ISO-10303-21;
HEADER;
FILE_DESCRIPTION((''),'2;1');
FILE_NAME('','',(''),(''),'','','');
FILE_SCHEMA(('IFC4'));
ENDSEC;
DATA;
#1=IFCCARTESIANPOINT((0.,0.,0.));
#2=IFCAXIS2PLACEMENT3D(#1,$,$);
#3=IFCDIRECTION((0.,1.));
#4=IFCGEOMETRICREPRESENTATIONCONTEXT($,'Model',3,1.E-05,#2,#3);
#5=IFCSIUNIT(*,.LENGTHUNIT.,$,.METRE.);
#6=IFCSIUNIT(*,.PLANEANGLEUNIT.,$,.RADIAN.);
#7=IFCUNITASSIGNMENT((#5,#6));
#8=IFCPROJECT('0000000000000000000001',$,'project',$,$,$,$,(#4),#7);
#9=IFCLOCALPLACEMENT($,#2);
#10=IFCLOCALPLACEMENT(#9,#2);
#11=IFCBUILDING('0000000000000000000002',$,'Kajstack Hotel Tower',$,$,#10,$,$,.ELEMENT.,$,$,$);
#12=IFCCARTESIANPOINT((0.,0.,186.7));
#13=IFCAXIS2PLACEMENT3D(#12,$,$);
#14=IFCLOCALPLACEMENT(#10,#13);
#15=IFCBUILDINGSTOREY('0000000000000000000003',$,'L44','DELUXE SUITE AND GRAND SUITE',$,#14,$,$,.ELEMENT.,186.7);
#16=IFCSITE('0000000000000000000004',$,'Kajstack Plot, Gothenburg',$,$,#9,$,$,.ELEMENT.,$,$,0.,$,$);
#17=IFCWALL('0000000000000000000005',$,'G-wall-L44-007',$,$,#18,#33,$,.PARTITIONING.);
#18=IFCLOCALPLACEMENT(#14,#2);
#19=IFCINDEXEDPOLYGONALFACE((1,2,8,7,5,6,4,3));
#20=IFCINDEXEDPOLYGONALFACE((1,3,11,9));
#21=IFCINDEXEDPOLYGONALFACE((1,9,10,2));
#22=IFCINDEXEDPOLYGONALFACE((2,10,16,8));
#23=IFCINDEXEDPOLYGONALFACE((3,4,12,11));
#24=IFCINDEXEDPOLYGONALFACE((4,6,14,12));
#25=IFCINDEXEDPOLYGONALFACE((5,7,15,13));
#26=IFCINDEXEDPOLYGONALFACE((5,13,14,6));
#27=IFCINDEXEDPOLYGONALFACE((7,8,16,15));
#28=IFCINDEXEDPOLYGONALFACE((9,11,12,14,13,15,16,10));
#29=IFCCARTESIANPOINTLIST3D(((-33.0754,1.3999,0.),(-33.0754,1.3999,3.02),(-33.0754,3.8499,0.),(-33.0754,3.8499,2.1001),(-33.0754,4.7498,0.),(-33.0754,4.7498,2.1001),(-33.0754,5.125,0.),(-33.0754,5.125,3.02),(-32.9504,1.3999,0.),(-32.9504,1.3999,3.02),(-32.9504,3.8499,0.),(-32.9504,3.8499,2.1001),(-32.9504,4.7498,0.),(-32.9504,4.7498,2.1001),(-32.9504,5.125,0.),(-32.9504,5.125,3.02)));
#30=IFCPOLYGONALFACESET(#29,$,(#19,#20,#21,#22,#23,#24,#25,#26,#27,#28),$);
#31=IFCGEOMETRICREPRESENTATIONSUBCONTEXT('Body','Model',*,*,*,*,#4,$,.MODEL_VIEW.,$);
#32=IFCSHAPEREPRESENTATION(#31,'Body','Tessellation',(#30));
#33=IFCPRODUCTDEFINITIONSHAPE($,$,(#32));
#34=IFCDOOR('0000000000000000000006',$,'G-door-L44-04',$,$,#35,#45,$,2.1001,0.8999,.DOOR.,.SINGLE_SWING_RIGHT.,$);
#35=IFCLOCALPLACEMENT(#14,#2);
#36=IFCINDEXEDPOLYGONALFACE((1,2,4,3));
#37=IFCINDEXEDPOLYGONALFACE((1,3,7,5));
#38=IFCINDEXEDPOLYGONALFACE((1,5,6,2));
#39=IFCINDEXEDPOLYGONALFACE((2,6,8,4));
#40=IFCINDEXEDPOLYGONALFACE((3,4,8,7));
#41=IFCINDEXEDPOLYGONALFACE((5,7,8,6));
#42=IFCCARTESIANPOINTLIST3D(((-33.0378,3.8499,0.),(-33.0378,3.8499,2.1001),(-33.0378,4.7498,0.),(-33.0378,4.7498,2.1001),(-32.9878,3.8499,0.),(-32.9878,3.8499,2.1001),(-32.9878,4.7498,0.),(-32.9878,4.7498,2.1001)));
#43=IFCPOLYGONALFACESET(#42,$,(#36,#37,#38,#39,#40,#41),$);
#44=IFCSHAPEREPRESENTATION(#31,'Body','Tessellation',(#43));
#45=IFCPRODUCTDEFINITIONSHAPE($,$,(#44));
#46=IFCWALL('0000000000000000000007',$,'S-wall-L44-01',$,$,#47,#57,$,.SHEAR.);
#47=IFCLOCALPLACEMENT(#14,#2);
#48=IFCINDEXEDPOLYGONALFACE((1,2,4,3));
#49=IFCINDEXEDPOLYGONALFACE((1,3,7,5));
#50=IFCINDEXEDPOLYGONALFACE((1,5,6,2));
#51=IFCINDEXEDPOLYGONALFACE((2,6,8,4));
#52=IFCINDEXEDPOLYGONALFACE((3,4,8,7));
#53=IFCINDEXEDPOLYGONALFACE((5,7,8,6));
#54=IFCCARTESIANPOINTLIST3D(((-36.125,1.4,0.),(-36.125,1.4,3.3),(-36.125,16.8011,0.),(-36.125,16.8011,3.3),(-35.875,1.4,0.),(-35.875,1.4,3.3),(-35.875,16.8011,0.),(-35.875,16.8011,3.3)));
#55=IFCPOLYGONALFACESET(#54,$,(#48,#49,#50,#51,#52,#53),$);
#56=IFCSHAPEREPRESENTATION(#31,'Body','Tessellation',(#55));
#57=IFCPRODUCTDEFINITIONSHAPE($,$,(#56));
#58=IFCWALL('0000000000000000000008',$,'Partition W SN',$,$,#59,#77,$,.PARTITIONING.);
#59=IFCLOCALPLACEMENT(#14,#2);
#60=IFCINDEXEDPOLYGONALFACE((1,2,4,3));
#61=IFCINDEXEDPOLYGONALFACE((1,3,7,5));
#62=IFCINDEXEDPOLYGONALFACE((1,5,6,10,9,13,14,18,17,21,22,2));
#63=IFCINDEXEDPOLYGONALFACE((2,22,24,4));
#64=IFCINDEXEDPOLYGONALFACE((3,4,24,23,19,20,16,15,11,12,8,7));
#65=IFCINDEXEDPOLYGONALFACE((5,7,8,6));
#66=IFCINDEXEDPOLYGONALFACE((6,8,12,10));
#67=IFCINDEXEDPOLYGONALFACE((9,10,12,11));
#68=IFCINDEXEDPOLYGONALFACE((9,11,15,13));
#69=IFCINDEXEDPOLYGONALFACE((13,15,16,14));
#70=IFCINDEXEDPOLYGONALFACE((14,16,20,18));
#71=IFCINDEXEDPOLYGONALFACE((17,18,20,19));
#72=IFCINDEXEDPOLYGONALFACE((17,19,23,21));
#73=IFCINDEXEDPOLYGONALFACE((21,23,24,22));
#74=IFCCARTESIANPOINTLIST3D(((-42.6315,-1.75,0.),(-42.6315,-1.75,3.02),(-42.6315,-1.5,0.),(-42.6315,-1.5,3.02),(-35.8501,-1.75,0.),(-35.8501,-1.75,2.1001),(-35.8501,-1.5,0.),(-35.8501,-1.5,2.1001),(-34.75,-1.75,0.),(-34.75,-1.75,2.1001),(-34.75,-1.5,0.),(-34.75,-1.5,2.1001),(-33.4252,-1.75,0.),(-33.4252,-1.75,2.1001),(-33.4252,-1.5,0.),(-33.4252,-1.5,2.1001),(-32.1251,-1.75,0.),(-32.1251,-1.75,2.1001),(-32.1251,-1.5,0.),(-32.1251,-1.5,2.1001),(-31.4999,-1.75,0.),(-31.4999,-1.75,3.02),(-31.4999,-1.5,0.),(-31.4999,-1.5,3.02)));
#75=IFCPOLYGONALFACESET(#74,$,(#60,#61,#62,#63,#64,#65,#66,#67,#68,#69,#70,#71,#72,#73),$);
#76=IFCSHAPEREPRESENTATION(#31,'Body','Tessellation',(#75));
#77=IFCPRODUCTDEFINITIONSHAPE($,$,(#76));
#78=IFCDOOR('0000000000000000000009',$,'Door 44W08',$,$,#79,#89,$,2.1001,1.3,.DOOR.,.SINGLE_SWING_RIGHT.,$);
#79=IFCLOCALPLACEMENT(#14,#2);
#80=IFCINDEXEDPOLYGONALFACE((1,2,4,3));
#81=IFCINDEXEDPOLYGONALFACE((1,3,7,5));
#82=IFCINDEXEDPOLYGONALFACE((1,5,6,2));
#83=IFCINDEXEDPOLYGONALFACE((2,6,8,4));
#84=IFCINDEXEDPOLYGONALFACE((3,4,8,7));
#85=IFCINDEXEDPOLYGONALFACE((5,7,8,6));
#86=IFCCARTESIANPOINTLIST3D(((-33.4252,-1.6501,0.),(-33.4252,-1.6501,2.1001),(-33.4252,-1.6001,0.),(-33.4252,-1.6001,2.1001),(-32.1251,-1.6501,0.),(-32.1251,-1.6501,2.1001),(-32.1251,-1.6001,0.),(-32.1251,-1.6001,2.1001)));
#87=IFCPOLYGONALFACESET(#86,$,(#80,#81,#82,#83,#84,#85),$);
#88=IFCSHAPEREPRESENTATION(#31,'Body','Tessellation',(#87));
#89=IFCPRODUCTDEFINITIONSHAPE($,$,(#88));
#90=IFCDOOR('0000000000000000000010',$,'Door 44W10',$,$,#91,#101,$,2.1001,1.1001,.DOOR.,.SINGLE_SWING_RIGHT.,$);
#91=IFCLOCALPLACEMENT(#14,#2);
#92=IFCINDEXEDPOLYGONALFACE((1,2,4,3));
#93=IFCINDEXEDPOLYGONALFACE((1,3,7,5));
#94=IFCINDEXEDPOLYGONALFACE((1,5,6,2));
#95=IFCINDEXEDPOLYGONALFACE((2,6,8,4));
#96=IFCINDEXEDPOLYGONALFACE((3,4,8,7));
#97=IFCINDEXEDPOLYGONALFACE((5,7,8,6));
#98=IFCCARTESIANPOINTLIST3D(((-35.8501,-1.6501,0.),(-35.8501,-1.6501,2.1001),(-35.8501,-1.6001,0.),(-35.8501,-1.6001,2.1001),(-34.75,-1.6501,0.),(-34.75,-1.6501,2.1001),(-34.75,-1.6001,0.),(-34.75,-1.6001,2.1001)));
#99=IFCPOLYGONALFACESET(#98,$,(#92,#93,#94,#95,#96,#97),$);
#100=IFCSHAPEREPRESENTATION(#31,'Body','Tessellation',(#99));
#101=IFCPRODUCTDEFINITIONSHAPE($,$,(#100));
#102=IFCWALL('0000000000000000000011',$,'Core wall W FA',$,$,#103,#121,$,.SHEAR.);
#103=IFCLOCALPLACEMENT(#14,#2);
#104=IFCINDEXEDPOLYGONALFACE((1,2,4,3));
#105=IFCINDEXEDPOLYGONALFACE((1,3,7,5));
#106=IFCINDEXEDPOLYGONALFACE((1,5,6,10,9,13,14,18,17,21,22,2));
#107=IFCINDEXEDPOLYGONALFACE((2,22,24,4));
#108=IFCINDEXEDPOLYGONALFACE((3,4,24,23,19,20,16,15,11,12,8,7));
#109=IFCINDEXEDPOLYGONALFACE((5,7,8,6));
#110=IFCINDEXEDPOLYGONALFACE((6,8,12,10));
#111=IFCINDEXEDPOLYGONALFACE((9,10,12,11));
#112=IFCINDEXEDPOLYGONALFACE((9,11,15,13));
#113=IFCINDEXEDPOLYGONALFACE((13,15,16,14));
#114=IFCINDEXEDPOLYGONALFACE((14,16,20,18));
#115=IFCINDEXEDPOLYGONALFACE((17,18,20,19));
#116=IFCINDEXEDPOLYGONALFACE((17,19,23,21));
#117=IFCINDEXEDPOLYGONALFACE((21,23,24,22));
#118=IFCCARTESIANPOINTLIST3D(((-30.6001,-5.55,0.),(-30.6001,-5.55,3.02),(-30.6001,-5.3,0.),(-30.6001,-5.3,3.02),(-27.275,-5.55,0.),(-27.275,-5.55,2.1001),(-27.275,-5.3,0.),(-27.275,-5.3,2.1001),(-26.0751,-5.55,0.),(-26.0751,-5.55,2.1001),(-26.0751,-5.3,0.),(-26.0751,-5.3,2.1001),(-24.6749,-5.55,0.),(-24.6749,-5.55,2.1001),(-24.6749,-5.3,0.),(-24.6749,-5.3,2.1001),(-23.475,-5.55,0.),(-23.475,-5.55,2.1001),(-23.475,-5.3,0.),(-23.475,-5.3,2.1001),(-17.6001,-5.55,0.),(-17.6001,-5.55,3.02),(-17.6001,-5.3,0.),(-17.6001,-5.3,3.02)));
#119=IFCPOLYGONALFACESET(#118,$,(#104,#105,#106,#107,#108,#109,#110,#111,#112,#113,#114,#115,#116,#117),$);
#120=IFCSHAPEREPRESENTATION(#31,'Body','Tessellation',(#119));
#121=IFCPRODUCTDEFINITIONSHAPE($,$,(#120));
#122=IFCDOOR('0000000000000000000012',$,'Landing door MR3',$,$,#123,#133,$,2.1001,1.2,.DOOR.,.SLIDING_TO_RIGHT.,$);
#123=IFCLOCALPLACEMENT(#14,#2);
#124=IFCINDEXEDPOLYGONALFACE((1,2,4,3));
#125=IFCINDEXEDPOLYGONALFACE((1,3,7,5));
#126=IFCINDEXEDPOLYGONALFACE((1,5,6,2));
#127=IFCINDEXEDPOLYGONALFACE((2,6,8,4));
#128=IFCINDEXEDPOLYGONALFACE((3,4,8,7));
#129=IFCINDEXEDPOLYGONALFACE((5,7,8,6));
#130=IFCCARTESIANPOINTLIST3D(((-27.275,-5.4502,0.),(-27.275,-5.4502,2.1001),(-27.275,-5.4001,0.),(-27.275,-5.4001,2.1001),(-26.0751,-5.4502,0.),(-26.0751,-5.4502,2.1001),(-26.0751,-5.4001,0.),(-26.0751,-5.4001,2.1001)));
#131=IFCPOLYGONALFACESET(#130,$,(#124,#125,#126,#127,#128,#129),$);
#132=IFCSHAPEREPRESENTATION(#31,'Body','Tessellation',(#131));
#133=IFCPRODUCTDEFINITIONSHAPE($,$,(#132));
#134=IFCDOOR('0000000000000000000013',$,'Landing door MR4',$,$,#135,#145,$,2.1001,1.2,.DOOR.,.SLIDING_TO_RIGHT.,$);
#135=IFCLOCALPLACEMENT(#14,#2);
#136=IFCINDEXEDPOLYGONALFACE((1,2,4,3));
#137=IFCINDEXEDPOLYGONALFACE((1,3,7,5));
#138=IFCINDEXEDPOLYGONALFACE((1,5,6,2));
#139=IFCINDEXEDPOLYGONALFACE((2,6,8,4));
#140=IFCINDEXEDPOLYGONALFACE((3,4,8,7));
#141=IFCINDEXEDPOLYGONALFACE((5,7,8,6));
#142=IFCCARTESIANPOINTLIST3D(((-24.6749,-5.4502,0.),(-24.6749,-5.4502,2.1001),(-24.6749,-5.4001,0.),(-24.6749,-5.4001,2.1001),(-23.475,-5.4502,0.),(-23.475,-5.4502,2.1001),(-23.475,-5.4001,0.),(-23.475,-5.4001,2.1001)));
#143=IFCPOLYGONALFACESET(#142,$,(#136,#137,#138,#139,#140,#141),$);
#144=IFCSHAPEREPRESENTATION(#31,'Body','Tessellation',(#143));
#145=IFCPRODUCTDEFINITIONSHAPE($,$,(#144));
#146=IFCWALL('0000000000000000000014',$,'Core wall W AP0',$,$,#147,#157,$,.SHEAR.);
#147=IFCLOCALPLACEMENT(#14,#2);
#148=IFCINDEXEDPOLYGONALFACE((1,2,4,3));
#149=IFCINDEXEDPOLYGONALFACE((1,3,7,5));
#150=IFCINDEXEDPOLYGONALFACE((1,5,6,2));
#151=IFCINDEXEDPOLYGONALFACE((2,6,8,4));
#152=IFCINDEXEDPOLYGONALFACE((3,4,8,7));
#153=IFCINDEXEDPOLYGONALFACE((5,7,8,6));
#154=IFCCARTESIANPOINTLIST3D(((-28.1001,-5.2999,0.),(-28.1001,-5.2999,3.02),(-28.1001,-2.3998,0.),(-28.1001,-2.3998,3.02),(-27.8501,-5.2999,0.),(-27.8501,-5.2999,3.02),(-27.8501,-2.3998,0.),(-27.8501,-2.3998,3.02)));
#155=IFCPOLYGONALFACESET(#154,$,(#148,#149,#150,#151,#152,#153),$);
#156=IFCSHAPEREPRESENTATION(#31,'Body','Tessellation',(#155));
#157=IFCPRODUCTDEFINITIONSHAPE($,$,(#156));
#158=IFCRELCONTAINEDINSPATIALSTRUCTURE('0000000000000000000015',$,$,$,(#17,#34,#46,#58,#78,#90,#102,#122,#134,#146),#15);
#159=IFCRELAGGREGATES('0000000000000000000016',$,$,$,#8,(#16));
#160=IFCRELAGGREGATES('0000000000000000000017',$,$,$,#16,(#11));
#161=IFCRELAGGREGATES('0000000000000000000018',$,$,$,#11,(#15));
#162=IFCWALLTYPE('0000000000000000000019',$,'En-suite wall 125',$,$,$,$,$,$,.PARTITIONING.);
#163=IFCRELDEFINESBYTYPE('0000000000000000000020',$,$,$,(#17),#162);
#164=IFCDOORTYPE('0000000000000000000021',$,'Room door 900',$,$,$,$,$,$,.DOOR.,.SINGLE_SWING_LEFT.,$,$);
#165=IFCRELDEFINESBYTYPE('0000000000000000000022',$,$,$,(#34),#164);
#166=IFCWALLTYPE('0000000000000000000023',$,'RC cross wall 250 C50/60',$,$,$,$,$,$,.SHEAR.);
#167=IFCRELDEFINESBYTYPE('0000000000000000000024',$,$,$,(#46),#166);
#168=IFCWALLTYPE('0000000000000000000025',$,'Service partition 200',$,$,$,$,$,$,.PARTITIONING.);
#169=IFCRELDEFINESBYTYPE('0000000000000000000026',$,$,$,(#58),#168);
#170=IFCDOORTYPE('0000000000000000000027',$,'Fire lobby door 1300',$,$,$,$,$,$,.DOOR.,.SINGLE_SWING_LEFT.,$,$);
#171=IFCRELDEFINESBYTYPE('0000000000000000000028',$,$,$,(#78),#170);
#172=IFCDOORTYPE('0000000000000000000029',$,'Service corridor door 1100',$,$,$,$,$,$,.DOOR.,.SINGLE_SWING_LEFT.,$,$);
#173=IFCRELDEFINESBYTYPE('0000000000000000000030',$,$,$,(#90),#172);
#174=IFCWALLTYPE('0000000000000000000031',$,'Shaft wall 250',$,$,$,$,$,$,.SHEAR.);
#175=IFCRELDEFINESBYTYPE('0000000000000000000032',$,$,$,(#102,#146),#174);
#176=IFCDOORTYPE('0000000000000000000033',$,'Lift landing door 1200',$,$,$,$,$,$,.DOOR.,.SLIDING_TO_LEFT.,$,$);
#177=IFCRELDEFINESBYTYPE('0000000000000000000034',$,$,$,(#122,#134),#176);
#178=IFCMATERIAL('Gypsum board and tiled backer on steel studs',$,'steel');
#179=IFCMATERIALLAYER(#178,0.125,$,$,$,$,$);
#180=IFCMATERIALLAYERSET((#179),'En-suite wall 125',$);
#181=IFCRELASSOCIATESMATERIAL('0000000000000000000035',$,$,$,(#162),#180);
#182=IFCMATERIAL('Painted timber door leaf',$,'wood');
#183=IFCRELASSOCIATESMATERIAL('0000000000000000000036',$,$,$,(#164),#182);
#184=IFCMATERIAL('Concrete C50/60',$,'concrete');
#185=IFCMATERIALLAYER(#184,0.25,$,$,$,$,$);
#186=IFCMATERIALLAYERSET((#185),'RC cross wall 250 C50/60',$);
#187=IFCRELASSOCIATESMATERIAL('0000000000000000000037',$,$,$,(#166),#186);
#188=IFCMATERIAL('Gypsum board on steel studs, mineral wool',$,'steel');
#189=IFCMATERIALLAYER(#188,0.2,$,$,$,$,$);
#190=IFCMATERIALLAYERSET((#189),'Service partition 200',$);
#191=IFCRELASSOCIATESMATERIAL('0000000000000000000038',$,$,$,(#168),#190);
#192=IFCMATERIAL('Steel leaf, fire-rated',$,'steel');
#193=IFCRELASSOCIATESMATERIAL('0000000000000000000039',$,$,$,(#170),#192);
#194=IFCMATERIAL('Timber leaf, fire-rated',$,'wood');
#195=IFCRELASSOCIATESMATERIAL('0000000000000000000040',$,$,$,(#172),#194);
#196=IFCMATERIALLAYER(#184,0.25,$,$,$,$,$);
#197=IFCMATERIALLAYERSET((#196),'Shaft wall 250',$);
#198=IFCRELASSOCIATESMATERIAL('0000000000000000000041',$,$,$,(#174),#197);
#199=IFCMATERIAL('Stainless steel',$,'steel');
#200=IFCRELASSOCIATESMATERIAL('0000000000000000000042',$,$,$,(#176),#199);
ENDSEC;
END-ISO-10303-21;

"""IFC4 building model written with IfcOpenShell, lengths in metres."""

from ifc_helpers import new_model, si_unit, direction, frame, frame_2d, origin, place, context, subcontext, project, spatial, rectangle, extrude, material, layer, layer_set, type_object, element, fill, save


model = new_model("IFC4")

# Units and contexts
model_context = context("Model", 3, precision=1e-05, world=origin(), true_north=direction((0.0, 1.0)))
body_context = subcontext(model_context, "Body", "Model", "MODEL_VIEW")
ifc_project = project(units=[si_unit("LENGTHUNIT", "METRE"), si_unit("PLANEANGLEUNIT", "RADIAN")], contexts=[model_context])

# Site, building, storey
site_placement = place(None, origin())
site = spatial("IfcSite", under=ifc_project, at=site_placement, Name="Kajstack Plot, Gothenburg", CompositionType="ELEMENT", RefElevation=0.0)
building_placement = place(site_placement, origin())
building = spatial("IfcBuilding", under=site, at=building_placement, Name="Kajstack Hotel Tower", CompositionType="ELEMENT")
storey_placement = place(building_placement, frame((0.0, 0.0, 186.7)))
storey = spatial("IfcBuildingStorey", under=building, at=storey_placement, Name="L44", Description="DELUXE SUITE AND GRAND SUITE", CompositionType="ELEMENT", Elevation=186.7)

# Shared definitions
ifc_material_1 = material(Name="Gypsum board on steel studs, mineral wool", Category="steel")

# Wall, opening, door
ifc_material_2 = material(Name="Gypsum board and tiled backer on steel studs", Category="steel")
ifc_layer_1 = layer(ifc_material_2, 0.125)
ifc_layer_set_1 = layer_set([ifc_layer_1], Name="En-suite wall 125")
wall_type_1 = type_object("IfcWallType", Name="En-suite wall 125", PredefinedType="PARTITIONING", material=ifc_layer_set_1)
ifc_material_3 = material(Name="Painted timber door leaf", Category="wood")
door_type_1 = type_object("IfcDoorType", Name="Room door 900", OperationType="SINGLE_SWING_LEFT", PredefinedType="DOOR", material=ifc_material_3)
wall_1_placement = place(storey_placement, frame((-33.0129, 1.3999, 0.0), z_axis=(0.0, 0.0, 1.0), x_axis=(0.0, 1.0, 0.0)))
wall_1 = element("IfcWall", 1, at=wall_1_placement, inside=storey, type_object=wall_type_1, Name="G-wall-L44-007", PredefinedType="PARTITIONING", context=body_context, shape_type="SweptSolid", body=[
    extrude(rectangle(XDim=3.7251, YDim=0.125, at=frame_2d((1.8625, 0.0))), origin(), (0.0, 0.0, 1.0), 3.02),
])
opening_1_placement = place(wall_1_placement, frame((2.45, 0.0, 0.0)))
opening_1 = element("IfcOpeningElement", 2, at=opening_1_placement, cuts=wall_1, PredefinedType="OPENING", context=body_context, shape_type="SweptSolid", body=[
    extrude(rectangle(XDim=0.8999, YDim=2.1001, at=frame_2d((0.45, 1.05))), frame((0.0, 0.0725, 0.0), z_axis=(0.0, -1.0, 0.0), x_axis=(1.0, 0.0, 0.0)), (0.0, 0.0, 1.0), 0.145),
])
door_1_placement = place(opening_1_placement, origin())
door_1 = element("IfcDoor", 3, at=door_1_placement, inside=storey, type_object=door_type_1, Name="G-door-L44-04", OperationType="SINGLE_SWING_RIGHT", OverallHeight=2.1001, OverallWidth=0.8999, PredefinedType="DOOR", context=body_context, shape_type="SweptSolid", body=[
    extrude(rectangle(XDim=0.8999, YDim=2.1001, at=frame_2d((0.45, 1.05))), frame((0.0, 0.0249, 0.0), z_axis=(0.0, -1.0, 0.0), x_axis=(1.0, 0.0, 0.0)), (0.0, 0.0, 1.0), 0.05),
])
fill(opening_1, door_1)

# Wall
ifc_material_4 = material(Name="Concrete C50/60", Category="concrete")
ifc_layer_2 = layer(ifc_material_4, 0.25)
ifc_layer_set_2 = layer_set([ifc_layer_2], Name="RC cross wall 250 C50/60")
wall_type_2 = type_object("IfcWallType", Name="RC cross wall 250 C50/60", PredefinedType="SHEAR", material=ifc_layer_set_2)
wall_2_placement = place(storey_placement, frame((-36.0, 1.3999, 0.0), z_axis=(0.0, 0.0, 1.0), x_axis=(0.0, 1.0, 0.0)))
element("IfcWall", 4, at=wall_2_placement, inside=storey, type_object=wall_type_2, Name="S-wall-L44-01", PredefinedType="SHEAR", context=body_context, shape_type="SweptSolid", body=[
    extrude(rectangle(XDim=15.4011, YDim=0.25, at=frame_2d((7.7007, 0.0))), origin(), (0.0, 0.0, 1.0), 3.3),
])

# Walls, openings, doors
ifc_layer_3 = layer(ifc_material_1, 0.2)
ifc_layer_set_3 = layer_set([ifc_layer_3], Name="Service partition 200")
wall_type_3 = type_object("IfcWallType", Name="Service partition 200", PredefinedType="PARTITIONING", material=ifc_layer_set_3)
wall_3_placement = place(storey_placement, frame((-42.6316, -1.625, 0.0), z_axis=(0.0, 0.0, 1.0), x_axis=(1.0, 0.0, 0.0)))
wall_3 = element("IfcWall", 5, at=wall_3_placement, inside=storey, type_object=wall_type_3, Name="Partition W SN", PredefinedType="PARTITIONING", context=body_context, shape_type="SweptSolid", body=[
    extrude(rectangle(XDim=11.1316, YDim=0.25, at=frame_2d((5.5659, 0.0))), origin(), (0.0, 0.0, 1.0), 3.02),
])
opening_2_placement = place(wall_3_placement, frame((9.2065, 0.0, 0.0)))
opening_2 = element("IfcOpeningElement", 6, at=opening_2_placement, cuts=wall_3, PredefinedType="OPENING", context=body_context, shape_type="SweptSolid", body=[
    extrude(rectangle(XDim=1.3, YDim=2.1001, at=frame_2d((0.6499, 1.05))), frame((0.0, 0.135, 0.0), z_axis=(0.0, -1.0, 0.0), x_axis=(1.0, 0.0, 0.0)), (0.0, 0.0, 1.0), 0.27),
])
opening_3_placement = place(wall_3_placement, frame((6.7815, 0.0, 0.0)))
opening_3 = element("IfcOpeningElement", 7, at=opening_3_placement, cuts=wall_3, PredefinedType="OPENING", context=body_context, shape_type="SweptSolid", body=[
    extrude(rectangle(XDim=1.1001, YDim=2.1001, at=frame_2d((0.55, 1.05))), frame((0.0, 0.135, 0.0), z_axis=(0.0, -1.0, 0.0), x_axis=(1.0, 0.0, 0.0)), (0.0, 0.0, 1.0), 0.27),
])
ifc_material_5 = material(Name="Steel leaf, fire-rated", Category="steel")
door_type_2 = type_object("IfcDoorType", Name="Fire lobby door 1300", OperationType="SINGLE_SWING_LEFT", PredefinedType="DOOR", material=ifc_material_5)
door_2_placement = place(opening_2_placement, origin())
door_2 = element("IfcDoor", 8, at=door_2_placement, inside=storey, type_object=door_type_2, Name="Door 44W08", OperationType="SINGLE_SWING_RIGHT", OverallHeight=2.1001, OverallWidth=1.3, PredefinedType="DOOR", context=body_context, shape_type="SweptSolid", body=[
    extrude(rectangle(XDim=1.3, YDim=2.1001, at=frame_2d((0.6499, 1.05))), frame((0.0, 0.0249, 0.0), z_axis=(0.0, -1.0, 0.0), x_axis=(1.0, 0.0, 0.0)), (0.0, 0.0, 1.0), 0.05),
])
fill(opening_2, door_2)
ifc_material_6 = material(Name="Timber leaf, fire-rated", Category="wood")
door_type_3 = type_object("IfcDoorType", Name="Service corridor door 1100", OperationType="SINGLE_SWING_LEFT", PredefinedType="DOOR", material=ifc_material_6)
door_3_placement = place(opening_3_placement, origin())
door_3 = element("IfcDoor", 9, at=door_3_placement, inside=storey, type_object=door_type_3, Name="Door 44W10", OperationType="SINGLE_SWING_RIGHT", OverallHeight=2.1001, OverallWidth=1.1001, PredefinedType="DOOR", context=body_context, shape_type="SweptSolid", body=[
    extrude(rectangle(XDim=1.1001, YDim=2.1001, at=frame_2d((0.55, 1.05))), frame((0.0, 0.0249, 0.0), z_axis=(0.0, -1.0, 0.0), x_axis=(1.0, 0.0, 0.0)), (0.0, 0.0, 1.0), 0.05),
])
fill(opening_3, door_3)
ifc_layer_4 = layer(ifc_material_4, 0.25)
ifc_layer_set_4 = layer_set([ifc_layer_4], Name="Shaft wall 250")
wall_type_4 = type_object("IfcWallType", Name="Shaft wall 250", PredefinedType="SHEAR", material=ifc_layer_set_4)
wall_4_placement = place(storey_placement, frame((-30.6001, -5.425, 0.0), z_axis=(0.0, 0.0, 1.0), x_axis=(1.0, 0.0, 0.0)))
wall_4 = element("IfcWall", 10, at=wall_4_placement, inside=storey, type_object=wall_type_4, Name="Core wall W FA", PredefinedType="SHEAR", context=body_context, shape_type="SweptSolid", body=[
    extrude(rectangle(XDim=13.0, YDim=0.25, at=frame_2d((6.5, 0.0))), origin(), (0.0, 0.0, 1.0), 3.02),
])
opening_4_placement = place(wall_4_placement, frame((3.325, 0.0, 0.0)))
opening_4 = element("IfcOpeningElement", 11, at=opening_4_placement, cuts=wall_4, PredefinedType="OPENING", context=body_context, shape_type="SweptSolid", body=[
    extrude(rectangle(XDim=1.2, YDim=2.1001, at=frame_2d((0.6001, 1.05))), frame((0.0, 0.135, 0.0), z_axis=(0.0, -1.0, 0.0), x_axis=(1.0, 0.0, 0.0)), (0.0, 0.0, 1.0), 0.27),
])
opening_5_placement = place(wall_4_placement, frame((5.925, 0.0, 0.0)))
opening_5 = element("IfcOpeningElement", 12, at=opening_5_placement, cuts=wall_4, PredefinedType="OPENING", context=body_context, shape_type="SweptSolid", body=[
    extrude(rectangle(XDim=1.2, YDim=2.1001, at=frame_2d((0.6001, 1.05))), frame((0.0, 0.135, 0.0), z_axis=(0.0, -1.0, 0.0), x_axis=(1.0, 0.0, 0.0)), (0.0, 0.0, 1.0), 0.27),
])
ifc_material_7 = material(Name="Stainless steel", Category="steel")
door_type_4 = type_object("IfcDoorType", Name="Lift landing door 1200", OperationType="SLIDING_TO_LEFT", PredefinedType="DOOR", material=ifc_material_7)
door_4_placement = place(opening_4_placement, origin())
door_4 = element("IfcDoor", 13, at=door_4_placement, inside=storey, type_object=door_type_4, Name="Landing door MR3", OperationType="SLIDING_TO_RIGHT", OverallHeight=2.1001, OverallWidth=1.2, PredefinedType="DOOR", context=body_context, shape_type="SweptSolid", body=[
    extrude(rectangle(XDim=1.2, YDim=2.1001, at=frame_2d((0.6001, 1.05))), frame((0.0, 0.0249, 0.0), z_axis=(0.0, -1.0, 0.0), x_axis=(1.0, 0.0, 0.0)), (0.0, 0.0, 1.0), 0.05),
])
fill(opening_4, door_4)
door_5_placement = place(opening_5_placement, origin())
door_5 = element("IfcDoor", 14, at=door_5_placement, inside=storey, type_object=door_type_4, Name="Landing door MR4", OperationType="SLIDING_TO_RIGHT", OverallHeight=2.1001, OverallWidth=1.2, PredefinedType="DOOR", context=body_context, shape_type="SweptSolid", body=[
    extrude(rectangle(XDim=1.2, YDim=2.1001, at=frame_2d((0.6001, 1.05))), frame((0.0, 0.0249, 0.0), z_axis=(0.0, -1.0, 0.0), x_axis=(1.0, 0.0, 0.0)), (0.0, 0.0, 1.0), 0.05),
])
fill(opening_5, door_5)

# Wall
wall_5_placement = place(storey_placement, frame((-27.9751, -5.3, 0.0), z_axis=(0.0, 0.0, 1.0), x_axis=(0.0, 1.0, 0.0)))
element("IfcWall", 15, at=wall_5_placement, inside=storey, type_object=wall_type_4, Name="Core wall W AP0", PredefinedType="SHEAR", context=body_context, shape_type="SweptSolid", body=[
    extrude(rectangle(XDim=2.9001, YDim=0.25, at=frame_2d((1.4502, 0.0))), origin(), (0.0, 0.0, 1.0), 3.02),
])

save(model, "model.ifc")
